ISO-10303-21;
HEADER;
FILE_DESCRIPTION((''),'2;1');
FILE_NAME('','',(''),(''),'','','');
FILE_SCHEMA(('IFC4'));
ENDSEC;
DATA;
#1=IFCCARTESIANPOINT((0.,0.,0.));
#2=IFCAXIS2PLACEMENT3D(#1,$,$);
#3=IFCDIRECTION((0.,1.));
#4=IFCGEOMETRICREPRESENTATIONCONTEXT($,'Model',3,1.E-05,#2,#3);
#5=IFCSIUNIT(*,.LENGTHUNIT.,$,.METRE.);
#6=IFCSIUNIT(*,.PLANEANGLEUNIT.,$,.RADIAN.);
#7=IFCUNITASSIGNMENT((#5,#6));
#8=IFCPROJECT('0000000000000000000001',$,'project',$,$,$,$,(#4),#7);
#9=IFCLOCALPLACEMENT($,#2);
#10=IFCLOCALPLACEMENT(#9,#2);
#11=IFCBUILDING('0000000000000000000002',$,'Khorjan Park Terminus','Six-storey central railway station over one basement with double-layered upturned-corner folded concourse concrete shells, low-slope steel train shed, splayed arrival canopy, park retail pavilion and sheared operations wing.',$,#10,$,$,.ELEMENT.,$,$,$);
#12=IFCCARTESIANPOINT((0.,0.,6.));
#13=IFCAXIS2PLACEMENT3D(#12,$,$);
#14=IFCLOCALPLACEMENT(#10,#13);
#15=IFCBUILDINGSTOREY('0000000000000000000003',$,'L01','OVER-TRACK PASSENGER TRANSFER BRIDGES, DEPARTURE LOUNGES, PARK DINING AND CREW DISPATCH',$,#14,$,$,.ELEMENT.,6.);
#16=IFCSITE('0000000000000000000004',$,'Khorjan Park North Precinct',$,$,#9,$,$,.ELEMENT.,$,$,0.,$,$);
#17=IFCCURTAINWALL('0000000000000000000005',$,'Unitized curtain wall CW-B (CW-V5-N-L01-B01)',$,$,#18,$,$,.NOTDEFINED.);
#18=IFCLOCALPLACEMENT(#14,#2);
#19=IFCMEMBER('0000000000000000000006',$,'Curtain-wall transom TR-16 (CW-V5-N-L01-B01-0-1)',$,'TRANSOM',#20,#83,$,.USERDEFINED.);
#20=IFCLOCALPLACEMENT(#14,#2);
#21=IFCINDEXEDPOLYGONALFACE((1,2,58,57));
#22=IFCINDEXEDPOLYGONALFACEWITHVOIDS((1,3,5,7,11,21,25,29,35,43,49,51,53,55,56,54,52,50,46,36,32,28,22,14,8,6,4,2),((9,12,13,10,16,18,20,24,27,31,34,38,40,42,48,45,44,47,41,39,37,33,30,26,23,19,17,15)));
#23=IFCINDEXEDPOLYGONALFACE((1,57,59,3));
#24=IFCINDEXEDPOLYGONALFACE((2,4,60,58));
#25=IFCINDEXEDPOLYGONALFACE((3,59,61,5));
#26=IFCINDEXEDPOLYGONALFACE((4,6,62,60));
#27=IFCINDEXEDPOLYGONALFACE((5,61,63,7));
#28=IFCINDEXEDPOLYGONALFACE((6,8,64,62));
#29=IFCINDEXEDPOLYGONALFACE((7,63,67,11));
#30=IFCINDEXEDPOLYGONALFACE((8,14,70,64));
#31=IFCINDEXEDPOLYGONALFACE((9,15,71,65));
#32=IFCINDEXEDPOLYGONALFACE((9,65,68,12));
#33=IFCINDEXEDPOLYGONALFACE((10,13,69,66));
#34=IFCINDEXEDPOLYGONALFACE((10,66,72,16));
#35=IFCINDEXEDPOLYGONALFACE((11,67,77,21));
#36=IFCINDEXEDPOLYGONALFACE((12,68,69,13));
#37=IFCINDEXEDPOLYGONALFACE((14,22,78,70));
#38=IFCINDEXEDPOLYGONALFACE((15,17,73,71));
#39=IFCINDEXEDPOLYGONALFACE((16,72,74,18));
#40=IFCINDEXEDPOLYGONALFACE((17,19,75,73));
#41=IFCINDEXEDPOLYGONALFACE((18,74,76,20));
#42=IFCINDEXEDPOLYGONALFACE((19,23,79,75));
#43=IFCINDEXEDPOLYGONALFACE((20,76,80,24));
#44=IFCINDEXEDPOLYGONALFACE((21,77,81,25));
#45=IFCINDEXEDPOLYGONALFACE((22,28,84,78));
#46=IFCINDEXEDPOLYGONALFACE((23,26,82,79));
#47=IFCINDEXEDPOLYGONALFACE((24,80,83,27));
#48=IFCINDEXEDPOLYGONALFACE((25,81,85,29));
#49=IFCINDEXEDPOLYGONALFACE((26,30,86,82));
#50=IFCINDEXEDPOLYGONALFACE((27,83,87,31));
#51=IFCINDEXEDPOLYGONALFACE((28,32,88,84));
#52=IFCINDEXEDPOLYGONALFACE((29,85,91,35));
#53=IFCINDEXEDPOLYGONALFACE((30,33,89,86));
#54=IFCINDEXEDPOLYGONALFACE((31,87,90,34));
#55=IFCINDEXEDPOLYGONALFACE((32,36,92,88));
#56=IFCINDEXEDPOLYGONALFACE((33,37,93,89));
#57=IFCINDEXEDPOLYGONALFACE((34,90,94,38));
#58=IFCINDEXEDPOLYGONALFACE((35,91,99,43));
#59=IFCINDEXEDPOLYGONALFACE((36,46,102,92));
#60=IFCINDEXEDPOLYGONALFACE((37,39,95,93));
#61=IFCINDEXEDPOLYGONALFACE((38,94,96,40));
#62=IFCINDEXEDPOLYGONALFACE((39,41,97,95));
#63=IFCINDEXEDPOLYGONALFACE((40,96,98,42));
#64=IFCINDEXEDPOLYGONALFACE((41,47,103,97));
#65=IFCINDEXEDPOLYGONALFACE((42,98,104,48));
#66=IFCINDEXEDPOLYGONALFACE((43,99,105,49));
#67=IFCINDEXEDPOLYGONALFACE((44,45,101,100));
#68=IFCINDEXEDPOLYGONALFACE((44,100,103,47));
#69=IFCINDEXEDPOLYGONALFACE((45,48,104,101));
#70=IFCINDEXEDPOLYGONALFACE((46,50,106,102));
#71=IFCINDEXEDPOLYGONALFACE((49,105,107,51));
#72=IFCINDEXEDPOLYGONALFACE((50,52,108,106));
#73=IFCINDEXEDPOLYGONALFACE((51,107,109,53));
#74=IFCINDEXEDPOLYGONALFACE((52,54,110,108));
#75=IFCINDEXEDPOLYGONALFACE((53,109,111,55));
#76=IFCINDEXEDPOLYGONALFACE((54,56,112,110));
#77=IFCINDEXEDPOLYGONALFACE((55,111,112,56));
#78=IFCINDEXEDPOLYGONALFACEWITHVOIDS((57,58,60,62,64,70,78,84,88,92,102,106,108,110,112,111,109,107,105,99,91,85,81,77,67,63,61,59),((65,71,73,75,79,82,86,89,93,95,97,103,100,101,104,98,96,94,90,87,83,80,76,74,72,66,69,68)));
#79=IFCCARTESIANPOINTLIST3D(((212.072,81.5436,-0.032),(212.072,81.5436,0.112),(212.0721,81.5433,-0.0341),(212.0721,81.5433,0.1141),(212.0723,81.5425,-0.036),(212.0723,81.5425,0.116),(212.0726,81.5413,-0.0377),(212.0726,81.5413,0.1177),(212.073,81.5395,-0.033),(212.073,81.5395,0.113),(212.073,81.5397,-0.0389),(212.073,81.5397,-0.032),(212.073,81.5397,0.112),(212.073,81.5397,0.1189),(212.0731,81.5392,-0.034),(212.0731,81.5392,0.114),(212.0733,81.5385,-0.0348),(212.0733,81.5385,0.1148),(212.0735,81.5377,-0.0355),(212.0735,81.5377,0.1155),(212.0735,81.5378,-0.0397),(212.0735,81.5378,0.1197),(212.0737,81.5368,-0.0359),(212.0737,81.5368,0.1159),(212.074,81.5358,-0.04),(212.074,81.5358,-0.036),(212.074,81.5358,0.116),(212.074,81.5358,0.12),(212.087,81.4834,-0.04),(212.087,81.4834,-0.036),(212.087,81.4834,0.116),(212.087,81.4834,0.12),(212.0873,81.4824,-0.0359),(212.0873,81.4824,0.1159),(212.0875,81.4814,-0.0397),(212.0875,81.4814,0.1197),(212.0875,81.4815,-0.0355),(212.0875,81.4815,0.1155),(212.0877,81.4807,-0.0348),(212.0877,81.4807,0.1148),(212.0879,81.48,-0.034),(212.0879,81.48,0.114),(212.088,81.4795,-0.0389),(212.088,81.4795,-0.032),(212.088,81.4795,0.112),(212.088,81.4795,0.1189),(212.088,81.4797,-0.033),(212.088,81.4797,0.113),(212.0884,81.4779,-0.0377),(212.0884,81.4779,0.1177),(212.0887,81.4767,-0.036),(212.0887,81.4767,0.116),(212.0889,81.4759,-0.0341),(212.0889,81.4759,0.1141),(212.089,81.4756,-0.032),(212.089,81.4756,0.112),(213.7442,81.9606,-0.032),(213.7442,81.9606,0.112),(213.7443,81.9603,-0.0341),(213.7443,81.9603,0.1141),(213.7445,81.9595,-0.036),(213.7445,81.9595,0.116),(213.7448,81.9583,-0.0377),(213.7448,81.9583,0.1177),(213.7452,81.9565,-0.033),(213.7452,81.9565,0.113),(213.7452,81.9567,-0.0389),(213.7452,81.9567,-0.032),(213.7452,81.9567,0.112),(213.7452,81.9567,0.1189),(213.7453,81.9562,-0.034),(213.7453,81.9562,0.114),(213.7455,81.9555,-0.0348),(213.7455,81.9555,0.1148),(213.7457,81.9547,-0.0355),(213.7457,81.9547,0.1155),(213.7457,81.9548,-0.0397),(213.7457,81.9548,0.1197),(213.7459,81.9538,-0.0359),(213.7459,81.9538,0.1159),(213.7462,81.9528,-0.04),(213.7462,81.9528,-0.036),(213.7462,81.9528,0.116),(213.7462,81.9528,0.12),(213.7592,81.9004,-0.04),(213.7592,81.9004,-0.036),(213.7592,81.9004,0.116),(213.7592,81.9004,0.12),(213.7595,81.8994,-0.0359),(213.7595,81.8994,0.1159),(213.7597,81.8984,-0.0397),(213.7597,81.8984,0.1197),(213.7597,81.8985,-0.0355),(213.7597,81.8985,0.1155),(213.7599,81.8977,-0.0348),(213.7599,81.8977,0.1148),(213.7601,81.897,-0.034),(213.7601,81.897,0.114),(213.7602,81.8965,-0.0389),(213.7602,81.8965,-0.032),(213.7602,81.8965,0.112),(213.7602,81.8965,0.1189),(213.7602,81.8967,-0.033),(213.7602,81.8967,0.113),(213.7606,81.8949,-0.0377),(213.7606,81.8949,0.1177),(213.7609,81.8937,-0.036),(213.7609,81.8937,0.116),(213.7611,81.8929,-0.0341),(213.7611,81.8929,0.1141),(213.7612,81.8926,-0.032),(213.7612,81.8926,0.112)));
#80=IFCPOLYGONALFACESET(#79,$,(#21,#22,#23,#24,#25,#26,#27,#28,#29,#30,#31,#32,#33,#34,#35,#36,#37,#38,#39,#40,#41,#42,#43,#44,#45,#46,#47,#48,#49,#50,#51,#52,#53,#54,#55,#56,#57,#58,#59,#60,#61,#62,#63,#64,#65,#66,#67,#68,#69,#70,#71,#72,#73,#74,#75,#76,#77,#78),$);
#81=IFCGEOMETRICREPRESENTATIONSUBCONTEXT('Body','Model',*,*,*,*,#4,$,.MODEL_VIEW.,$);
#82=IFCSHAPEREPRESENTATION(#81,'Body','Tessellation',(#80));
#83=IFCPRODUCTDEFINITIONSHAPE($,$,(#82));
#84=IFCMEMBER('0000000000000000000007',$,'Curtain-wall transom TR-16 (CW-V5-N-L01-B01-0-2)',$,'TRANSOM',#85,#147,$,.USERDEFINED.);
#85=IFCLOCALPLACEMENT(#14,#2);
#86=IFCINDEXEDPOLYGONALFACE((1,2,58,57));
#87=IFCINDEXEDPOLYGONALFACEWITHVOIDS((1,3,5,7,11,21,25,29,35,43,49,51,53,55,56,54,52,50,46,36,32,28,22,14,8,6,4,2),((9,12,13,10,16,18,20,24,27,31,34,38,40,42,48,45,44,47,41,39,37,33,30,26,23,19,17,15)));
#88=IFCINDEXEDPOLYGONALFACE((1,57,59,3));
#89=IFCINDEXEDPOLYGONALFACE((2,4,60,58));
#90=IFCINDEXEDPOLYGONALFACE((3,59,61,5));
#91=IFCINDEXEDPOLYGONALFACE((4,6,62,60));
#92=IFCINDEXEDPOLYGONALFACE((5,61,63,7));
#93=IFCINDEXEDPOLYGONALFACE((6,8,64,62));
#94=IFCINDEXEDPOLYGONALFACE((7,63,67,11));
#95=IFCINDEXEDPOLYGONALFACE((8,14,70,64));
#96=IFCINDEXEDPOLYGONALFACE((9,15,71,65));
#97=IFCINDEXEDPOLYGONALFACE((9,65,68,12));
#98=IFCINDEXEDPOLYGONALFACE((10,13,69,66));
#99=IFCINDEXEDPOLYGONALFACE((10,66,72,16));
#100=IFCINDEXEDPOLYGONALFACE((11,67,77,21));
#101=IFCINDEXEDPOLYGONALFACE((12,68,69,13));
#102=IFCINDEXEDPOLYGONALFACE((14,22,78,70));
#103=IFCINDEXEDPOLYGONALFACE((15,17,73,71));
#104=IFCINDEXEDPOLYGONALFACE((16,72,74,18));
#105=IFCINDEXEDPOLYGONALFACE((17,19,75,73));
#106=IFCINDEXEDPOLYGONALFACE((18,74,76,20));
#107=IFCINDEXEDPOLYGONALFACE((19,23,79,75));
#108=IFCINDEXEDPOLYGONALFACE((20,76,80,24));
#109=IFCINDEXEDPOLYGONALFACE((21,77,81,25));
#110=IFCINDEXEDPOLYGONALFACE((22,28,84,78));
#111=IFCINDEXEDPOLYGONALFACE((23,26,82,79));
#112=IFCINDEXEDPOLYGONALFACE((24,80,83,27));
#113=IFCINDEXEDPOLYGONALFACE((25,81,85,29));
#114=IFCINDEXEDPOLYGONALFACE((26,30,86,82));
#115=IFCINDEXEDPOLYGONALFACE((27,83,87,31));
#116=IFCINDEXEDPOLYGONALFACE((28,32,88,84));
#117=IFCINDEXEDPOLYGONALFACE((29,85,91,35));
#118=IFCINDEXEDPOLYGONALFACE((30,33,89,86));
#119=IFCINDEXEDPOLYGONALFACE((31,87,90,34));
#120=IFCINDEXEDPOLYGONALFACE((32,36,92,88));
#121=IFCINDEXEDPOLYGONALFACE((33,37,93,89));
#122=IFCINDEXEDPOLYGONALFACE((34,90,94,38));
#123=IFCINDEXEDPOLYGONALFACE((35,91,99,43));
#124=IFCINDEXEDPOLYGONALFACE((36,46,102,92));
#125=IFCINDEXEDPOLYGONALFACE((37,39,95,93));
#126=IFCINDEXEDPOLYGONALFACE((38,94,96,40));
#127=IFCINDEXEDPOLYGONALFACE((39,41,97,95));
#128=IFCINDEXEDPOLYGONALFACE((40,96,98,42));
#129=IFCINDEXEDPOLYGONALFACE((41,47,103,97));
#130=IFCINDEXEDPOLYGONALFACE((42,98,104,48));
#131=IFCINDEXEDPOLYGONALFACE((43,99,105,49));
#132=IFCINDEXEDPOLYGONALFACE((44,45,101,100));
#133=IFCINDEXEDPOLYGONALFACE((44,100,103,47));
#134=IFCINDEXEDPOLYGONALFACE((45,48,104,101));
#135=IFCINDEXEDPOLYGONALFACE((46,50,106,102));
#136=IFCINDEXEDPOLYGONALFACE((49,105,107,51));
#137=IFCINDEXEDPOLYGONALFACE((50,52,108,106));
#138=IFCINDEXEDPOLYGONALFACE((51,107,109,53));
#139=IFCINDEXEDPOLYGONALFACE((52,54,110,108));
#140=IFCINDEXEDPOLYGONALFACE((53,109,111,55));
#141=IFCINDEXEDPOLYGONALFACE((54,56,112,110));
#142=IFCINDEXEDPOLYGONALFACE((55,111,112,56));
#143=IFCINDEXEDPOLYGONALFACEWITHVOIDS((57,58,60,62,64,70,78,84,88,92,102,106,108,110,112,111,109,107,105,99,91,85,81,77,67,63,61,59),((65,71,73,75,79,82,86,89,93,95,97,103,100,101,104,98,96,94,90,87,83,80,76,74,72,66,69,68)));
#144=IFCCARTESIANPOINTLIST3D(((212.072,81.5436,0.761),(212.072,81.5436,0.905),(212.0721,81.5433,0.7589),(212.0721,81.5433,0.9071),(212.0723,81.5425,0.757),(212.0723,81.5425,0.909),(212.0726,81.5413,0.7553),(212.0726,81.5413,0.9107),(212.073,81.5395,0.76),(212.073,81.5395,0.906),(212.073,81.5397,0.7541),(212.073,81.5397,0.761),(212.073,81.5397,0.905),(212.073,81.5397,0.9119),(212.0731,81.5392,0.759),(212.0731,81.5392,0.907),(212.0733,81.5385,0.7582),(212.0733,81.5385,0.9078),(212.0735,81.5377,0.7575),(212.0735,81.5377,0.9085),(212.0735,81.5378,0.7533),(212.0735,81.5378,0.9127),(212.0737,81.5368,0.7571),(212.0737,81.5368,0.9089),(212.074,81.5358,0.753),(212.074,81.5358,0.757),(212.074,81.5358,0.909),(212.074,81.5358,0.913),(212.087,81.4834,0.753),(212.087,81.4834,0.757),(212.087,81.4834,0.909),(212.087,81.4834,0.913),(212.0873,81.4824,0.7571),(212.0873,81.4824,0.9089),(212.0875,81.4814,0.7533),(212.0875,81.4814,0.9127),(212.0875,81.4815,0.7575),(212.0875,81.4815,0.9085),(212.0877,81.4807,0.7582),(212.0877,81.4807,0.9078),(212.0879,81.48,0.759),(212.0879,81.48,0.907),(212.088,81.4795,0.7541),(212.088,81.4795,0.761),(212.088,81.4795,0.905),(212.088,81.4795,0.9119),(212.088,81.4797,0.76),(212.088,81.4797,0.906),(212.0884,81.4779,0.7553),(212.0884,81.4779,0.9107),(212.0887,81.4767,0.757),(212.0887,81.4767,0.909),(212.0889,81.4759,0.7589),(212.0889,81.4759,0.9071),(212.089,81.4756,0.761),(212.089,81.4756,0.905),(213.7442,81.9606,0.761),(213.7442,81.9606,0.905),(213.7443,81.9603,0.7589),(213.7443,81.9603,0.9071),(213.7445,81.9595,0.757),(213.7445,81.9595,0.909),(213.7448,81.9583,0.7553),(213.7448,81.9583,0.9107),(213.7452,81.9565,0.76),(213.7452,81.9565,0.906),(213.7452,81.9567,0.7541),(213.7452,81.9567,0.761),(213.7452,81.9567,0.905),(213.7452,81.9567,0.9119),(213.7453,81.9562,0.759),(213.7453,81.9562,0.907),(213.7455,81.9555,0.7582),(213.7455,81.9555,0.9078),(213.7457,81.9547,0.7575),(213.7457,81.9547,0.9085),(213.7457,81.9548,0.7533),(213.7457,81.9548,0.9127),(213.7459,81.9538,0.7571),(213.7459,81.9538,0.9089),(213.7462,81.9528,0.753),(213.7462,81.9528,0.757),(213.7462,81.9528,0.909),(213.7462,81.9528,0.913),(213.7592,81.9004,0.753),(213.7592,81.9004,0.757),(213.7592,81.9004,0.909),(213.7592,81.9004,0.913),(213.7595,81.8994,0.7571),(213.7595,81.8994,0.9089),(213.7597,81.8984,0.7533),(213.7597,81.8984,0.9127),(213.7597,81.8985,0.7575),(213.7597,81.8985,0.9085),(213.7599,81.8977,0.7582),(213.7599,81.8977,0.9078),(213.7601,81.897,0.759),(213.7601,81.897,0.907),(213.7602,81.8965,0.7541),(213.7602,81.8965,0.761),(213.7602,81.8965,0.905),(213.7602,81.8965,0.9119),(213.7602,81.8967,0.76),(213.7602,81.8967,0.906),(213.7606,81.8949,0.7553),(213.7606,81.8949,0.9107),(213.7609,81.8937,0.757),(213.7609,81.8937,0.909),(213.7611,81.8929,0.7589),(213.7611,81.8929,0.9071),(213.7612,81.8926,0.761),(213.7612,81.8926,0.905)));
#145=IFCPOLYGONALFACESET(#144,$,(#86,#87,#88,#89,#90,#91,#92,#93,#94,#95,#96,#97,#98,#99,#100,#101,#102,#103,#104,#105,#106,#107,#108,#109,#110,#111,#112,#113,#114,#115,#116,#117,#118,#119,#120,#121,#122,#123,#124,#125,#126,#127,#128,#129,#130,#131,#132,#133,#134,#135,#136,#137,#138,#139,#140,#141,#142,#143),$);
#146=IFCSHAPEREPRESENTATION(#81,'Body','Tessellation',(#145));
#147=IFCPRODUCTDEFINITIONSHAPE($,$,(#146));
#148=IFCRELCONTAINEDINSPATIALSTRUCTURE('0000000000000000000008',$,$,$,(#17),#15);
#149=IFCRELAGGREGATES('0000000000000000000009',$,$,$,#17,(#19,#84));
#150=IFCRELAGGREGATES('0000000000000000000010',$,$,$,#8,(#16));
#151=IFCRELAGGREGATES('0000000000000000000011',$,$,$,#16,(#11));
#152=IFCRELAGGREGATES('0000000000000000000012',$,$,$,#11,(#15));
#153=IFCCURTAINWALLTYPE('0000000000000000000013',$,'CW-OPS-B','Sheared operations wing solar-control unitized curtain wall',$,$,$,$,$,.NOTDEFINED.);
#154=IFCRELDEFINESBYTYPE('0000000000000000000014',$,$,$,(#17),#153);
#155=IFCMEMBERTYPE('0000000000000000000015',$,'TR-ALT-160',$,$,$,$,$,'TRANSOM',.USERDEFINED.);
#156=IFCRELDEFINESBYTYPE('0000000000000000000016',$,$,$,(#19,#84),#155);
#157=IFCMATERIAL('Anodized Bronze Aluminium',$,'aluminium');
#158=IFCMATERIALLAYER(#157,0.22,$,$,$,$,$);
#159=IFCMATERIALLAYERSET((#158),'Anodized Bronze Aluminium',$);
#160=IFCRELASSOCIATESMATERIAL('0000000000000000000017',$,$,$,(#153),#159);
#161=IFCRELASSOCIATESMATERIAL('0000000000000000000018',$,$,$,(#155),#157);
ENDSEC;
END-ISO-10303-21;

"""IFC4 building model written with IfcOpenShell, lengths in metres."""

from ifc_helpers import new_model, si_unit, direction, frame, origin, origin_2d, place, context, subcontext, project, spatial, hollow_rectangle, extrude, material, layer, layer_set, material_profile, profile_set, type_object, element, aggregate, save


model = new_model("IFC4")

# Units and contexts
model_context = context("Model", 3, precision=1e-05, world=origin(), true_north=direction((0.0, 1.0)))
body_context = subcontext(model_context, "Body", "Model", "MODEL_VIEW")
ifc_project = project(units=[si_unit("LENGTHUNIT", "METRE"), si_unit("PLANEANGLEUNIT", "RADIAN")], contexts=[model_context])

# Site, building, storey
site_placement = place(None, origin())
site = spatial("IfcSite", under=ifc_project, at=site_placement, Name="Khorjan Park North Precinct", CompositionType="ELEMENT", RefElevation=0.0)
building_placement = place(site_placement, origin())
building = spatial("IfcBuilding", under=site, at=building_placement, Name="Khorjan Park Terminus", Description="Six-storey central railway station over one basement with double-layered upturned-corner folded concourse concrete shells, low-slope steel train shed, splayed arrival canopy, park retail pavilion and sheared operations wing.", CompositionType="ELEMENT")
storey_placement = place(building_placement, frame((0.0, 0.0, 6.0)))
storey = spatial("IfcBuildingStorey", under=building, at=storey_placement, Name="L01", Description="OVER-TRACK PASSENGER TRANSFER BRIDGES, DEPARTURE LOUNGES, PARK DINING AND CREW DISPATCH", CompositionType="ELEMENT", Elevation=6.0)

# Curtain wall, members
ifc_material_1 = material(Name="Anodized Bronze Aluminium", Category="aluminium")
ifc_layer_1 = layer(ifc_material_1, 0.22)
ifc_layer_set_1 = layer_set([ifc_layer_1], Name="Anodized Bronze Aluminium")
curtain_wall_type = type_object("IfcCurtainWallType", Name="CW-OPS-B", Description="Sheared operations wing solar-control unitized curtain wall", PredefinedType="NOTDEFINED", material=ifc_layer_set_1)
curtain_wall_placement = place(storey_placement, origin())
curtain_wall = element("IfcCurtainWall", 1, at=curtain_wall_placement, inside=storey, type_object=curtain_wall_type, Name="Unitized curtain wall CW-B (CW-V5-N-L01-B01)", PredefinedType="NOTDEFINED")
ifc_material_profile_1 = material_profile(ifc_material_1, hollow_rectangle(XDim=0.07, YDim=0.16, WallThickness=0.004, InnerFilletRadius=0.004, OuterFilletRadius=0.008, at=origin_2d()), Name="ALT 70x160x4")
ifc_profile_set_1 = profile_set([ifc_material_profile_1], Name="Anodized Bronze Aluminium")
member_type_1 = type_object("IfcMemberType", Name="TR-ALT-160", ElementType="TRANSOM", PredefinedType="USERDEFINED", material=ifc_profile_set_1)
member_1_placement = place(storey_placement, frame((213.7527, 81.9266, 0.04), z_axis=(-0.970286, -0.241962, 0.0), x_axis=(0.241962, -0.970286, 0.0)))
member_1 = element("IfcMember", 2, at=member_1_placement, type_object=member_type_1, Name="Curtain-wall transom TR-16 (CW-V5-N-L01-B01-0-1)", ObjectType="TRANSOM", PredefinedType="USERDEFINED", context=body_context, shape_type="SweptSolid", body=[
    extrude(hollow_rectangle(XDim=0.07, YDim=0.16, WallThickness=0.004, InnerFilletRadius=0.004, OuterFilletRadius=0.008, at=origin_2d()), origin(), (0.0, 0.0, 1.0), 1.7234),
])
member_2_placement = place(storey_placement, frame((213.7527, 81.9266, 0.833), z_axis=(-0.970286, -0.241962, 0.0), x_axis=(0.241962, -0.970286, 0.0)))
member_2 = element("IfcMember", 3, at=member_2_placement, type_object=member_type_1, Name="Curtain-wall transom TR-16 (CW-V5-N-L01-B01-0-2)", ObjectType="TRANSOM", PredefinedType="USERDEFINED", context=body_context, shape_type="SweptSolid", body=[
    extrude(hollow_rectangle(XDim=0.07, YDim=0.16, WallThickness=0.004, InnerFilletRadius=0.004, OuterFilletRadius=0.008, at=origin_2d()), origin(), (0.0, 0.0, 1.0), 1.7234),
])
aggregate(curtain_wall, [member_1, member_2])

save(model, "model.ifc")
